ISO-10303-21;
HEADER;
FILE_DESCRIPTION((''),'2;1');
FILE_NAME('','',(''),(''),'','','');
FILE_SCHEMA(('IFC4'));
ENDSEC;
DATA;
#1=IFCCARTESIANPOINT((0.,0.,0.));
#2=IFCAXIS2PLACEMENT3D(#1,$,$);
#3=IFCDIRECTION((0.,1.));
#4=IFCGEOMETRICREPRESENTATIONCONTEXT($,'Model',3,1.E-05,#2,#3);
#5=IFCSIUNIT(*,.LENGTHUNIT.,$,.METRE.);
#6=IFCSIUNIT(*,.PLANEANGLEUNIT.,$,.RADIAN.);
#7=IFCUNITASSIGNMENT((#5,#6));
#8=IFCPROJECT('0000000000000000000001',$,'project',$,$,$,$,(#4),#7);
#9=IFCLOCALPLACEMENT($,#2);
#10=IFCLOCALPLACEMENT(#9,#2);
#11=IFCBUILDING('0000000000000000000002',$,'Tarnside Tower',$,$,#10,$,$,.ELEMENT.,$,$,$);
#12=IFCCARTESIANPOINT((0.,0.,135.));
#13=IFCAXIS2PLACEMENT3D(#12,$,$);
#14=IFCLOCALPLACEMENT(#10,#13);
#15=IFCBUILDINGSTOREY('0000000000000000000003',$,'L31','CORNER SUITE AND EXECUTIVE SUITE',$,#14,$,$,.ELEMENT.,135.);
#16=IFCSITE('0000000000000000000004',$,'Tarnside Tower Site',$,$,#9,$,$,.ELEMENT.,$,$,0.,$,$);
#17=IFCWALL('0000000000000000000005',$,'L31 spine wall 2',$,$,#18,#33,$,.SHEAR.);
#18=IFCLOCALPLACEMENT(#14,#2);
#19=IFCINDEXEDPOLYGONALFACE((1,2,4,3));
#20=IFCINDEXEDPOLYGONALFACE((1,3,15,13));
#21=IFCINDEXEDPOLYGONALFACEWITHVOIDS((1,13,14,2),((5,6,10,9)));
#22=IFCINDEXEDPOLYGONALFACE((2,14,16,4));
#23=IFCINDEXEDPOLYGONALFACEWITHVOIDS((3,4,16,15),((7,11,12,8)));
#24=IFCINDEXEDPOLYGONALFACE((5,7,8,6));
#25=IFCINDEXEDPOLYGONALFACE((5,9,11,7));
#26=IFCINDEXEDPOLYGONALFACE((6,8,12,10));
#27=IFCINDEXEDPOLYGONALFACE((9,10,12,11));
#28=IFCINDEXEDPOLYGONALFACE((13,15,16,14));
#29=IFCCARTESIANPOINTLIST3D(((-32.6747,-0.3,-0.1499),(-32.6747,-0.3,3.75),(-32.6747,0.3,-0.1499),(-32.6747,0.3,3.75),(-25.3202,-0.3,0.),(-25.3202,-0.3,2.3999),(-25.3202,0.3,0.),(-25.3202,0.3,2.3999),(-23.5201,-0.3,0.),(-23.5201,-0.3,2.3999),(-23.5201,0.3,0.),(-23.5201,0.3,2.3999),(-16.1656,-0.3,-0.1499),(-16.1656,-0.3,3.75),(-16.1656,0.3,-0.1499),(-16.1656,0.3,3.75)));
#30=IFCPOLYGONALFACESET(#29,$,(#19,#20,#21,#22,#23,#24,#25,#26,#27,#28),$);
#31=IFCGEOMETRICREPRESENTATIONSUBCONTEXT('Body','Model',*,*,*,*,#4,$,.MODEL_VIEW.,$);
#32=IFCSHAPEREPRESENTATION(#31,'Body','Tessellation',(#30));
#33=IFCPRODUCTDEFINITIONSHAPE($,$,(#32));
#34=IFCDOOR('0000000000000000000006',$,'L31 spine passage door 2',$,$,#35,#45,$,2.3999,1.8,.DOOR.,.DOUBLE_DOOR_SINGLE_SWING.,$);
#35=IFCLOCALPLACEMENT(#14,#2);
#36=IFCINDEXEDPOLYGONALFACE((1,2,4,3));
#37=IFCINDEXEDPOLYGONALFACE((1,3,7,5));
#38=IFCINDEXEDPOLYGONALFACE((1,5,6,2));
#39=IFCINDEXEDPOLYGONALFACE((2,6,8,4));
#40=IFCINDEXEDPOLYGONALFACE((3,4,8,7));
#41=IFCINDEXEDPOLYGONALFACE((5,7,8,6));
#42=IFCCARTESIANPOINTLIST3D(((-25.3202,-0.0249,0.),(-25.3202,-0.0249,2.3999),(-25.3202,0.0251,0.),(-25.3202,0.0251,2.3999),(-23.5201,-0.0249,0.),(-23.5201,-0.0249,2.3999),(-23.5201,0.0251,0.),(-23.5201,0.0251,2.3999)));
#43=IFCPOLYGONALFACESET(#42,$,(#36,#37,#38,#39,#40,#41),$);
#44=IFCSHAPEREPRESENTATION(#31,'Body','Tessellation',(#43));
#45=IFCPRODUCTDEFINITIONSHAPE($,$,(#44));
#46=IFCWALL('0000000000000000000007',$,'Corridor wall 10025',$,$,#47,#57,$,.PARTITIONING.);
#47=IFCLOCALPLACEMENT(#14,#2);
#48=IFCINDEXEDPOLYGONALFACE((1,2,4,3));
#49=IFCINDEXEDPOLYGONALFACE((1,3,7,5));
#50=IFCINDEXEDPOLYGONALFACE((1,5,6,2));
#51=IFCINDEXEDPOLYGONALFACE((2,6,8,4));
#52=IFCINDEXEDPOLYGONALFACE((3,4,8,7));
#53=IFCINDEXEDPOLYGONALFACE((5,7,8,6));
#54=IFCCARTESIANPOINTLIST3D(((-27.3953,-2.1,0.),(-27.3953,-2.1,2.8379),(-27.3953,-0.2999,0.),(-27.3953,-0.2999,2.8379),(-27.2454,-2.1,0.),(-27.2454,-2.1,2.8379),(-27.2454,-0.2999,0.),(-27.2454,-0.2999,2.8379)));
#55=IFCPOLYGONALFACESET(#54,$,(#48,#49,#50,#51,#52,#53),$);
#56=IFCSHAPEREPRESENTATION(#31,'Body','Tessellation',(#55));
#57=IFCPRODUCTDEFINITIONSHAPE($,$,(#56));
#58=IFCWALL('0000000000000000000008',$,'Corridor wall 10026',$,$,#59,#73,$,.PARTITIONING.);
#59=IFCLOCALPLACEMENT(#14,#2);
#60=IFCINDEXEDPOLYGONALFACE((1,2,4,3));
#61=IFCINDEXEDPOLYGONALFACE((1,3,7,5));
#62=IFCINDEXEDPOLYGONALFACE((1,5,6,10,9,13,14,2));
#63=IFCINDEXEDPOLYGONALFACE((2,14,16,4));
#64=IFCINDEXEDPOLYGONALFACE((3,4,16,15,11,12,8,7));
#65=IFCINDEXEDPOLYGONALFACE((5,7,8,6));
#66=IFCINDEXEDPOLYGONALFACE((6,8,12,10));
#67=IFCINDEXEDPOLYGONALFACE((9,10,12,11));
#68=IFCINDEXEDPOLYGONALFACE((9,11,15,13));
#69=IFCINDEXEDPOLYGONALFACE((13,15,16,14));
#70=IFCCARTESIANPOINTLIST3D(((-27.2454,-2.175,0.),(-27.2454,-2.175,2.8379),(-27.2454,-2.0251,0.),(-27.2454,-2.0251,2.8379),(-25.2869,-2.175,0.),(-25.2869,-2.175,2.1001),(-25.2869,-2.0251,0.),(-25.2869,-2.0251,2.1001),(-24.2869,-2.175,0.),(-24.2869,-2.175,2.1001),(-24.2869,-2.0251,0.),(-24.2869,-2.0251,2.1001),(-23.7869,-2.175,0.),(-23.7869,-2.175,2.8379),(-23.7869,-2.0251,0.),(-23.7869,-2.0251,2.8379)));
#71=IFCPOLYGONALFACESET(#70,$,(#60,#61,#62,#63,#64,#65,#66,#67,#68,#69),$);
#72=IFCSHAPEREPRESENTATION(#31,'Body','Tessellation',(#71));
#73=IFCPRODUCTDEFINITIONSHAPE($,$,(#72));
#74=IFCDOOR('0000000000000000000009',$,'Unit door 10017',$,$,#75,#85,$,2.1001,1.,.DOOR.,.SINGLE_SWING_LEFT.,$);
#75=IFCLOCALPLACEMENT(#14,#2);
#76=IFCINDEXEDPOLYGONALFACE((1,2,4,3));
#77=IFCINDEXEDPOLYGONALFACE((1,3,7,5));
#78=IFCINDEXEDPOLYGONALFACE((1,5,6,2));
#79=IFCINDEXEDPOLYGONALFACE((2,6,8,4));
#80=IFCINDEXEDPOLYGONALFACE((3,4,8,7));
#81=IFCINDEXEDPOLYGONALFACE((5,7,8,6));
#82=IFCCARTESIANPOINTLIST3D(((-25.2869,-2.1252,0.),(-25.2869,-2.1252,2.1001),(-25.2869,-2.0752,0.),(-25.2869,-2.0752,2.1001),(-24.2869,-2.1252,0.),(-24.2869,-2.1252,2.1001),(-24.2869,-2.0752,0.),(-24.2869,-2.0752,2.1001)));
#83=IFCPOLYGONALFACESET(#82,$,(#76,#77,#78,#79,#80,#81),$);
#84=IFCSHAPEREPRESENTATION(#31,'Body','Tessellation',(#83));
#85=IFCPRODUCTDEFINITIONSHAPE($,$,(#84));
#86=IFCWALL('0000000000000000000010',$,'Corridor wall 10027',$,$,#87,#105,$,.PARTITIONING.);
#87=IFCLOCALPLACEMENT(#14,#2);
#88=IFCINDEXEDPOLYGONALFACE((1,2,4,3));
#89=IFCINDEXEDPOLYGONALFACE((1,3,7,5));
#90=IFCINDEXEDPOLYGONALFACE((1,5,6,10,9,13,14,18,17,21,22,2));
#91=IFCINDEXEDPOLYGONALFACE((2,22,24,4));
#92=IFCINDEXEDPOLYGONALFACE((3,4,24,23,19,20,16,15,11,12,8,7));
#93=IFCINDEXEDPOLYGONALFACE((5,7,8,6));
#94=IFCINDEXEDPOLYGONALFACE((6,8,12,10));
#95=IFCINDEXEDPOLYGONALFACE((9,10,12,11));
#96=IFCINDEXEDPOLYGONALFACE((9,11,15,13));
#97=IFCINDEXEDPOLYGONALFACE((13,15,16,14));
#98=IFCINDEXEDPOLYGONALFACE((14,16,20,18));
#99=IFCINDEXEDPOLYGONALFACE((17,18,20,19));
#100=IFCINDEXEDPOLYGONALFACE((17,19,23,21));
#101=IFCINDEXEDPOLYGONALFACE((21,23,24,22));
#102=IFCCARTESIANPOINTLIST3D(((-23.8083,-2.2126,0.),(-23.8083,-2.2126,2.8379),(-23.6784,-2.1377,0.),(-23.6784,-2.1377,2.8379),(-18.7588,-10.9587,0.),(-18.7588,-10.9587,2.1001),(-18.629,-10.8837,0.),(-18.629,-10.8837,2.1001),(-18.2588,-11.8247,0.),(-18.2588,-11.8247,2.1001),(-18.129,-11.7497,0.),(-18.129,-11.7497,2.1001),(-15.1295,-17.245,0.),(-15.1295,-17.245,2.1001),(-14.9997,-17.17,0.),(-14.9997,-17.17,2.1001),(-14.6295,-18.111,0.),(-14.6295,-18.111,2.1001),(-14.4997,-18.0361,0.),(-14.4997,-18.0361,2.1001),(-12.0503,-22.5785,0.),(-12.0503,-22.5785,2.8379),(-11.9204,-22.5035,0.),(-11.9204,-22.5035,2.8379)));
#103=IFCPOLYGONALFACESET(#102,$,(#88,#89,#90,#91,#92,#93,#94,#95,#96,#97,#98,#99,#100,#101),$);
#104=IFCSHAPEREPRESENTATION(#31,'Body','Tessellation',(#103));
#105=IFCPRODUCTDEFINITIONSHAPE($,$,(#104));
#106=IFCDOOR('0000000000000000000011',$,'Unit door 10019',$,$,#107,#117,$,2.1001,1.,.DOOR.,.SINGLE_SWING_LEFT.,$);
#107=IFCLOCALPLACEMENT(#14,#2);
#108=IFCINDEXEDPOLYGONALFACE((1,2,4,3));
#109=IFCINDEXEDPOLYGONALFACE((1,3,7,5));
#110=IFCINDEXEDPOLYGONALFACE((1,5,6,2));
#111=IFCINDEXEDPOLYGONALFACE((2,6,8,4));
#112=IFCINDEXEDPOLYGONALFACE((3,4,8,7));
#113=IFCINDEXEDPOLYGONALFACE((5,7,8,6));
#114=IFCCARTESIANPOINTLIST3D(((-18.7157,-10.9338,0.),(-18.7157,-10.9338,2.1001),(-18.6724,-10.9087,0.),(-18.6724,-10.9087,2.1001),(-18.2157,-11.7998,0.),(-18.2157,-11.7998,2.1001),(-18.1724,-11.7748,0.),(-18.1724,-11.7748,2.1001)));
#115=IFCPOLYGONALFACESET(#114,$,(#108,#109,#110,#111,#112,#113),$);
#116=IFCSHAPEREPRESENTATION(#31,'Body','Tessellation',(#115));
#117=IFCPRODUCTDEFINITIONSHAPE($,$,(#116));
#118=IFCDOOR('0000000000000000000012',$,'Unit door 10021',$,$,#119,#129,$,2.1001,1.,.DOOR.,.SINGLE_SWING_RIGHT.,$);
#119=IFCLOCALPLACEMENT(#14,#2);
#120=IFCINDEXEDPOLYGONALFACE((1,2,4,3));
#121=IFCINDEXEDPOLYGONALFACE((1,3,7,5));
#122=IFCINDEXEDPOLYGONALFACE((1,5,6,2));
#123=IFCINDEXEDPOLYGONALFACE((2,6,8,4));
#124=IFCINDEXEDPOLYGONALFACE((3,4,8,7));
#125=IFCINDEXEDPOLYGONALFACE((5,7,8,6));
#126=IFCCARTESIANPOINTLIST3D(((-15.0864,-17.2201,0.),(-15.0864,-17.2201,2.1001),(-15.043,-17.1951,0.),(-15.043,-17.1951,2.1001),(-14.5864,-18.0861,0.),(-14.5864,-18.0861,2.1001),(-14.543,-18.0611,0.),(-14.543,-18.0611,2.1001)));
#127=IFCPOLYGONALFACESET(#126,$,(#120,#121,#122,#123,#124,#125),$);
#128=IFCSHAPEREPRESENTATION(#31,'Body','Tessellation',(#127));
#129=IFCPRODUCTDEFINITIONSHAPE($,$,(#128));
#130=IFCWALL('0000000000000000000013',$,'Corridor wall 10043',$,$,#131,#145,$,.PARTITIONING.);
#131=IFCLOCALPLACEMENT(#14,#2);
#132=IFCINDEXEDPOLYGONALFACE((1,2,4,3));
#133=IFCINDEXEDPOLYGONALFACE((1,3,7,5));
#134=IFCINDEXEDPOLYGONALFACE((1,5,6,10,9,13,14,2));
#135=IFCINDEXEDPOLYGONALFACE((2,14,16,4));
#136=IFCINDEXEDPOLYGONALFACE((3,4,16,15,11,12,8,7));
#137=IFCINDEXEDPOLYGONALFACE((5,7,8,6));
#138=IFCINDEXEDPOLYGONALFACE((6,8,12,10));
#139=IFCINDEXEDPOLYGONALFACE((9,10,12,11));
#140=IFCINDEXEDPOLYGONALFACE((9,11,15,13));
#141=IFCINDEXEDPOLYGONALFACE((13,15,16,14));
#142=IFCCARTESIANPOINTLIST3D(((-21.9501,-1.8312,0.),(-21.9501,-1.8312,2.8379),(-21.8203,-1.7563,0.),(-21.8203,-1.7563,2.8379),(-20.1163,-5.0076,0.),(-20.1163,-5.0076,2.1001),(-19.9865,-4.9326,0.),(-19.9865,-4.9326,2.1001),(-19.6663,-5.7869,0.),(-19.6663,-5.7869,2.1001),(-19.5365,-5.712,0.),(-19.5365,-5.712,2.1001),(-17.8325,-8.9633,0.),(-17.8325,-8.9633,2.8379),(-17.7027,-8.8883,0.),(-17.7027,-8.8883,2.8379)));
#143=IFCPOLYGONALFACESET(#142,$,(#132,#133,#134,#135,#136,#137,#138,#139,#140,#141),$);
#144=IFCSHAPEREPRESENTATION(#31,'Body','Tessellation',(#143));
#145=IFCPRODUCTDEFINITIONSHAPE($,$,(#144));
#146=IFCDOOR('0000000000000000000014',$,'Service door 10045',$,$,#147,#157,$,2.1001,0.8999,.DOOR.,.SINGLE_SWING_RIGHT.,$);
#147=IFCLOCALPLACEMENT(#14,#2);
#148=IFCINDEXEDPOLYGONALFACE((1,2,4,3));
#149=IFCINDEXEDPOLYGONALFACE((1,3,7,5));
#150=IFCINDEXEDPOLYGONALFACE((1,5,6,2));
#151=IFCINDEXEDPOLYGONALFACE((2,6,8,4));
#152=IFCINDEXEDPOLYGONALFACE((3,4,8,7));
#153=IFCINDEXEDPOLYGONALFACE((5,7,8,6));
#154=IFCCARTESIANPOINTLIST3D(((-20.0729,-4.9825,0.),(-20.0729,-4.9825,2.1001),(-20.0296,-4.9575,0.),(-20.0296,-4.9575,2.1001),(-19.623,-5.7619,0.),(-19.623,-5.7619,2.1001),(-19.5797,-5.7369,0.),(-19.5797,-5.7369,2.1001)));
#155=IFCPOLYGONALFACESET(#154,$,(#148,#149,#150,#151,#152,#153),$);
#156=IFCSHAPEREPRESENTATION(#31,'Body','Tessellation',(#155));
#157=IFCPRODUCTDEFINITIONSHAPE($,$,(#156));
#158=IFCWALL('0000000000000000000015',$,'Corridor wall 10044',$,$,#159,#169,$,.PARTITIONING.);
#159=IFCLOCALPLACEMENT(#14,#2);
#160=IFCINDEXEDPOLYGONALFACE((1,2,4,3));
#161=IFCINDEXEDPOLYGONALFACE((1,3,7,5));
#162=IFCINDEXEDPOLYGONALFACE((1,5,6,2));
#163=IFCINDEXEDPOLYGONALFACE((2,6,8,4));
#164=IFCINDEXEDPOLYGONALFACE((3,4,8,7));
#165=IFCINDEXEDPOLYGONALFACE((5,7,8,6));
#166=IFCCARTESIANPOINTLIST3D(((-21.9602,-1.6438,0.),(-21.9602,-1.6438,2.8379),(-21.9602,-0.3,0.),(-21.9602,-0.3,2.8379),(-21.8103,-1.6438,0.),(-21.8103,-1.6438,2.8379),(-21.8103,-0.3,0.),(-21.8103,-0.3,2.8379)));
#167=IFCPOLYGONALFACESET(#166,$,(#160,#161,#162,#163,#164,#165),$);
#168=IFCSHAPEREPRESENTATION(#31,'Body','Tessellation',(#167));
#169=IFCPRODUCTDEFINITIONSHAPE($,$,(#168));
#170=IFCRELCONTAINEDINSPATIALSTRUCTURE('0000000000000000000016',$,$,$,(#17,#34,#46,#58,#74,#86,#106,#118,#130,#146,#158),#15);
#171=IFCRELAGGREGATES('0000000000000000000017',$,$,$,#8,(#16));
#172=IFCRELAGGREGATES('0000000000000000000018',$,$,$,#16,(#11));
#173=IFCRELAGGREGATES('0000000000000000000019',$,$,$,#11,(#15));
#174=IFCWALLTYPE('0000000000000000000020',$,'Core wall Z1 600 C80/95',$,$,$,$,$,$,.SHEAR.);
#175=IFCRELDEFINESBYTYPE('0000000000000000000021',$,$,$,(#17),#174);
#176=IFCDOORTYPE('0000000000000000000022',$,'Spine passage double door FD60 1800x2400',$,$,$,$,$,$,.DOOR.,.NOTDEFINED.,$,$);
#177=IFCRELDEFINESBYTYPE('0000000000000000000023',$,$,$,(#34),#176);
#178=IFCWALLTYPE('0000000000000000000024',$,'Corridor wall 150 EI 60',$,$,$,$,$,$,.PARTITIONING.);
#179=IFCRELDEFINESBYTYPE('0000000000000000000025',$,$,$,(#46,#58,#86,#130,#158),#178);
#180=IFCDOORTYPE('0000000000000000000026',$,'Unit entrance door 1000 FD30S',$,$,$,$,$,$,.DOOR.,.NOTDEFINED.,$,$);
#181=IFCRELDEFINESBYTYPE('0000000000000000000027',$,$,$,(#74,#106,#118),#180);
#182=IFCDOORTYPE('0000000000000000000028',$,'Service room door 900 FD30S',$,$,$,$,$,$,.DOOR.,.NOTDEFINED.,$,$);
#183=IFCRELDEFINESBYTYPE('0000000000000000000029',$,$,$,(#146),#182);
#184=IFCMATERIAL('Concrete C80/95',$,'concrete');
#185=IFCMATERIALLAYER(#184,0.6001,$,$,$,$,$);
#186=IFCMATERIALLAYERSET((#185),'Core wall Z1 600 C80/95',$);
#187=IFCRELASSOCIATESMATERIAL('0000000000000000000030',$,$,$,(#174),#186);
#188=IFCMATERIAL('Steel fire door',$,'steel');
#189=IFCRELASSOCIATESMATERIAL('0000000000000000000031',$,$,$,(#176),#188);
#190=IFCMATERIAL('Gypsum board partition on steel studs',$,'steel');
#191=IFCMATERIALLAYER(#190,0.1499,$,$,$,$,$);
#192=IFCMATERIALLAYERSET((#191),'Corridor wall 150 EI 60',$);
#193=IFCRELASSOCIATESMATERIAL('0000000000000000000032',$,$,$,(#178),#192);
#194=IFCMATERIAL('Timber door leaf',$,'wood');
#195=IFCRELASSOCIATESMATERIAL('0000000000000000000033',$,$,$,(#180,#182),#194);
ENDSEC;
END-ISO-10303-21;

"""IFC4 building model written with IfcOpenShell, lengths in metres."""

from ifc_helpers import new_model, si_unit, direction, frame, frame_2d, origin, place, context, subcontext, project, spatial, rectangle, extrude, material, layer, layer_set, type_object, element, fill, save


model = new_model("IFC4")

# Units and contexts
model_context = context("Model", 3, precision=1e-05, world=origin(), true_north=direction((0.0, 1.0)))
body_context = subcontext(model_context, "Body", "Model", "MODEL_VIEW")
ifc_project = project(units=[si_unit("LENGTHUNIT", "METRE"), si_unit("PLANEANGLEUNIT", "RADIAN")], contexts=[model_context])

# Site, building, storey
site_placement = place(None, origin())
site = spatial("IfcSite", under=ifc_project, at=site_placement, Name="Tarnside Tower Site", CompositionType="ELEMENT", RefElevation=0.0)
building_placement = place(site_placement, origin())
building = spatial("IfcBuilding", under=site, at=building_placement, Name="Tarnside Tower", CompositionType="ELEMENT")
storey_placement = place(building_placement, frame((0.0, 0.0, 135.0)))
storey = spatial("IfcBuildingStorey", under=building, at=storey_placement, Name="L31", Description="CORNER SUITE AND EXECUTIVE SUITE", CompositionType="ELEMENT", Elevation=135.0)

# Shared definitions
ifc_material_1 = material(Name="Gypsum board partition on steel studs", Category="steel")
ifc_material_2 = material(Name="Timber door leaf", Category="wood")

# Wall, opening, door
ifc_material_3 = material(Name="Concrete C80/95", Category="concrete")
ifc_layer_1 = layer(ifc_material_3, 0.6001)
ifc_layer_set_1 = layer_set([ifc_layer_1], Name="Core wall Z1 600 C80/95")
wall_type_1 = type_object("IfcWallType", Name="Core wall Z1 600 C80/95", PredefinedType="SHEAR", material=ifc_layer_set_1)
wall_1_placement = place(storey_placement, frame((-16.1658, 0.0, -0.1499), z_axis=(0.0, 0.0, 1.0), x_axis=(-1.0, 0.0, 0.0)))
wall_1 = element("IfcWall", 1, at=wall_1_placement, inside=storey, type_object=wall_type_1, Name="L31 spine wall 2", PredefinedType="SHEAR", context=body_context, shape_type="SweptSolid", body=[
    extrude(rectangle(XDim=16.509, YDim=0.6001, at=frame_2d((8.2544, 0.0))), origin(), (0.0, 0.0, 1.0), 3.8999),
])
opening_1_placement = place(wall_1_placement, frame((7.3545, 0.0, 0.1499)))
opening_1 = element("IfcOpeningElement", 2, at=opening_1_placement, cuts=wall_1, PredefinedType="OPENING", context=body_context, shape_type="SweptSolid", body=[
    extrude(rectangle(XDim=1.8, YDim=2.3999, at=frame_2d((0.8999, 1.2))), frame((0.0, 0.3101, 0.0), z_axis=(0.0, -1.0, 0.0), x_axis=(1.0, 0.0, 0.0)), (0.0, 0.0, 1.0), 0.6201),
])
ifc_material_4 = material(Name="Steel fire door", Category="steel")
door_type_1 = type_object("IfcDoorType", Name="Spine passage double door FD60 1800x2400", OperationType="NOTDEFINED", PredefinedType="DOOR", material=ifc_material_4)
door_1_placement = place(opening_1_placement, origin())
door_1 = element("IfcDoor", 3, at=door_1_placement, inside=storey, type_object=door_type_1, Name="L31 spine passage door 2", OperationType="DOUBLE_DOOR_SINGLE_SWING", OverallHeight=2.3999, OverallWidth=1.8, PredefinedType="DOOR", context=body_context, shape_type="SweptSolid", body=[
    extrude(rectangle(XDim=1.8, YDim=2.3999, at=frame_2d((0.8999, 1.2))), frame((0.0, 0.0249, 0.0), z_axis=(0.0, -1.0, 0.0), x_axis=(1.0, 0.0, 0.0)), (0.0, 0.0, 1.0), 0.05),
])
fill(opening_1, door_1)

# Wall
ifc_layer_2 = layer(ifc_material_1, 0.1499)
ifc_layer_set_2 = layer_set([ifc_layer_2], Name="Corridor wall 150 EI 60")
wall_type_2 = type_object("IfcWallType", Name="Corridor wall 150 EI 60", PredefinedType="PARTITIONING", material=ifc_layer_set_2)
wall_2_placement = place(storey_placement, frame((-27.3203, -0.3, 0.0), z_axis=(0.0, 0.0, 1.0), x_axis=(0.0, -1.0, 0.0)))
element("IfcWall", 4, at=wall_2_placement, inside=storey, type_object=wall_type_2, Name="Corridor wall 10025", PredefinedType="PARTITIONING", context=body_context, shape_type="SweptSolid", body=[
    extrude(rectangle(XDim=1.8, YDim=0.1499, at=frame_2d((0.8999, 0.0))), origin(), (0.0, 0.0, 1.0), 2.8379),
])

# Wall, opening, door
wall_3_placement = place(storey_placement, frame((-27.2454, -2.1001, 0.0), z_axis=(0.0, 0.0, 1.0), x_axis=(1.0, 0.0, 0.0)))
wall_3 = element("IfcWall", 5, at=wall_3_placement, inside=storey, type_object=wall_type_2, Name="Corridor wall 10026", PredefinedType="PARTITIONING", context=body_context, shape_type="SweptSolid", body=[
    extrude(rectangle(XDim=3.4585, YDim=0.1499, at=frame_2d((1.7292, 0.0))), origin(), (0.0, 0.0, 1.0), 2.8379),
])
opening_2_placement = place(wall_3_placement, frame((1.9585, 0.0, 0.0)))
opening_2 = element("IfcOpeningElement", 6, at=opening_2_placement, cuts=wall_3, PredefinedType="OPENING", context=body_context, shape_type="SweptSolid", body=[
    extrude(rectangle(XDim=1.0, YDim=2.1001, at=frame_2d((0.5, 1.05))), frame((0.0, 0.085, 0.0), z_axis=(0.0, -1.0, 0.0), x_axis=(1.0, 0.0, 0.0)), (0.0, 0.0, 1.0), 0.1699),
])
door_type_2 = type_object("IfcDoorType", Name="Unit entrance door 1000 FD30S", OperationType="NOTDEFINED", PredefinedType="DOOR", material=ifc_material_2)
door_2_placement = place(opening_2_placement, origin())
door_2 = element("IfcDoor", 7, at=door_2_placement, inside=storey, type_object=door_type_2, Name="Unit door 10017", OperationType="SINGLE_SWING_LEFT", OverallHeight=2.1001, OverallWidth=1.0, PredefinedType="DOOR", context=body_context, shape_type="SweptSolid", body=[
    extrude(rectangle(XDim=1.0, YDim=2.1001, at=frame_2d((0.5, 1.05))), frame((0.0, 0.0249, 0.0), z_axis=(0.0, -1.0, 0.0), x_axis=(1.0, 0.0, 0.0)), (0.0, 0.0, 1.0), 0.05),
])
fill(opening_2, door_2)

# Wall, openings, doors
wall_4_placement = place(storey_placement, frame((-23.7434, -2.175, 0.0), z_axis=(0.0, 0.0, 1.0), x_axis=(0.499992, -0.86603, 0.0)))
wall_4 = element("IfcWall", 8, at=wall_4_placement, inside=storey, type_object=wall_type_2, Name="Corridor wall 10027", PredefinedType="PARTITIONING", context=body_context, shape_type="SweptSolid", body=[
    extrude(rectangle(XDim=23.5164, YDim=0.1499, at=frame_2d((11.7583, 0.0))), origin(), (0.0, 0.0, 1.0), 2.8379),
])
opening_3_placement = place(wall_4_placement, frame((10.0991, 0.0, 0.0)))
opening_3 = element("IfcOpeningElement", 9, at=opening_3_placement, cuts=wall_4, PredefinedType="OPENING", context=body_context, shape_type="SweptSolid", body=[
    extrude(rectangle(XDim=1.0, YDim=2.1001, at=frame_2d((0.5, 1.05))), frame((0.0, 0.085, 0.0), z_axis=(0.0, -1.0, 0.0), x_axis=(1.0, 0.0, 0.0)), (0.0, 0.0, 1.0), 0.1699),
])
opening_4_placement = place(wall_4_placement, frame((17.3579, 0.0, 0.0)))
opening_4 = element("IfcOpeningElement", 10, at=opening_4_placement, cuts=wall_4, PredefinedType="OPENING", context=body_context, shape_type="SweptSolid", body=[
    extrude(rectangle(XDim=1.0, YDim=2.1001, at=frame_2d((0.5, 1.05))), frame((0.0, 0.085, 0.0), z_axis=(0.0, -1.0, 0.0), x_axis=(1.0, 0.0, 0.0)), (0.0, 0.0, 1.0), 0.1699),
])
door_3_placement = place(opening_3_placement, origin())
door_3 = element("IfcDoor", 11, at=door_3_placement, inside=storey, type_object=door_type_2, Name="Unit door 10019", OperationType="SINGLE_SWING_LEFT", OverallHeight=2.1001, OverallWidth=1.0, PredefinedType="DOOR", context=body_context, shape_type="SweptSolid", body=[
    extrude(rectangle(XDim=1.0, YDim=2.1001, at=frame_2d((0.5, 1.05))), frame((0.0, 0.0249, 0.0), z_axis=(0.0, -1.0, 0.0), x_axis=(1.0, 0.0, 0.0)), (0.0, 0.0, 1.0), 0.05),
])
fill(opening_3, door_3)
door_4_placement = place(opening_4_placement, origin())
door_4 = element("IfcDoor", 12, at=door_4_placement, inside=storey, type_object=door_type_2, Name="Unit door 10021", OperationType="SINGLE_SWING_RIGHT", OverallHeight=2.1001, OverallWidth=1.0, PredefinedType="DOOR", context=body_context, shape_type="SweptSolid", body=[
    extrude(rectangle(XDim=1.0, YDim=2.1001, at=frame_2d((0.5, 1.05))), frame((0.0, 0.0249, 0.0), z_axis=(0.0, -1.0, 0.0), x_axis=(1.0, 0.0, 0.0)), (0.0, 0.0, 1.0), 0.05),
])
fill(opening_4, door_4)

# Wall, opening, door
wall_5_placement = place(storey_placement, frame((-17.7676, -8.9258, 0.0), z_axis=(0.0, 0.0, 1.0), x_axis=(-0.499997, 0.866027, 0.0)))
wall_5 = element("IfcWall", 13, at=wall_5_placement, inside=storey, type_object=wall_type_2, Name="Corridor wall 10043", PredefinedType="PARTITIONING", context=body_context, shape_type="SweptSolid", body=[
    extrude(rectangle(XDim=8.2354, YDim=0.1499, at=frame_2d((4.1177, 0.0))), origin(), (0.0, 0.0, 1.0), 2.8379),
])
opening_5_placement = place(wall_5_placement, frame((3.6677, 0.0, 0.0)))
opening_5 = element("IfcOpeningElement", 14, at=opening_5_placement, cuts=wall_5, PredefinedType="OPENING", context=body_context, shape_type="SweptSolid", body=[
    extrude(rectangle(XDim=0.8999, YDim=2.1001, at=frame_2d((0.45, 1.05))), frame((0.0, 0.085, 0.0), z_axis=(0.0, -1.0, 0.0), x_axis=(1.0, 0.0, 0.0)), (0.0, 0.0, 1.0), 0.1699),
])
door_type_3 = type_object("IfcDoorType", Name="Service room door 900 FD30S", OperationType="NOTDEFINED", PredefinedType="DOOR", material=ifc_material_2)
door_5_placement = place(opening_5_placement, origin())
door_5 = element("IfcDoor", 15, at=door_5_placement, inside=storey, type_object=door_type_3, Name="Service door 10045", OperationType="SINGLE_SWING_RIGHT", OverallHeight=2.1001, OverallWidth=0.8999, PredefinedType="DOOR", context=body_context, shape_type="SweptSolid", body=[
    extrude(rectangle(XDim=0.8999, YDim=2.1001, at=frame_2d((0.45, 1.05))), frame((0.0, 0.0249, 0.0), z_axis=(0.0, -1.0, 0.0), x_axis=(1.0, 0.0, 0.0)), (0.0, 0.0, 1.0), 0.05),
])
fill(opening_5, door_5)

# Wall
wall_6_placement = place(storey_placement, frame((-21.8853, -1.6438, 0.0), z_axis=(0.0, 0.0, 1.0), x_axis=(0.0, 1.0, 0.0)))
element("IfcWall", 16, at=wall_6_placement, inside=storey, type_object=wall_type_2, Name="Corridor wall 10044", PredefinedType="PARTITIONING", context=body_context, shape_type="SweptSolid", body=[
    extrude(rectangle(XDim=1.3438, YDim=0.1499, at=frame_2d((0.6719, 0.0))), origin(), (0.0, 0.0, 1.0), 2.8379),
])

save(model, "model.ifc")
